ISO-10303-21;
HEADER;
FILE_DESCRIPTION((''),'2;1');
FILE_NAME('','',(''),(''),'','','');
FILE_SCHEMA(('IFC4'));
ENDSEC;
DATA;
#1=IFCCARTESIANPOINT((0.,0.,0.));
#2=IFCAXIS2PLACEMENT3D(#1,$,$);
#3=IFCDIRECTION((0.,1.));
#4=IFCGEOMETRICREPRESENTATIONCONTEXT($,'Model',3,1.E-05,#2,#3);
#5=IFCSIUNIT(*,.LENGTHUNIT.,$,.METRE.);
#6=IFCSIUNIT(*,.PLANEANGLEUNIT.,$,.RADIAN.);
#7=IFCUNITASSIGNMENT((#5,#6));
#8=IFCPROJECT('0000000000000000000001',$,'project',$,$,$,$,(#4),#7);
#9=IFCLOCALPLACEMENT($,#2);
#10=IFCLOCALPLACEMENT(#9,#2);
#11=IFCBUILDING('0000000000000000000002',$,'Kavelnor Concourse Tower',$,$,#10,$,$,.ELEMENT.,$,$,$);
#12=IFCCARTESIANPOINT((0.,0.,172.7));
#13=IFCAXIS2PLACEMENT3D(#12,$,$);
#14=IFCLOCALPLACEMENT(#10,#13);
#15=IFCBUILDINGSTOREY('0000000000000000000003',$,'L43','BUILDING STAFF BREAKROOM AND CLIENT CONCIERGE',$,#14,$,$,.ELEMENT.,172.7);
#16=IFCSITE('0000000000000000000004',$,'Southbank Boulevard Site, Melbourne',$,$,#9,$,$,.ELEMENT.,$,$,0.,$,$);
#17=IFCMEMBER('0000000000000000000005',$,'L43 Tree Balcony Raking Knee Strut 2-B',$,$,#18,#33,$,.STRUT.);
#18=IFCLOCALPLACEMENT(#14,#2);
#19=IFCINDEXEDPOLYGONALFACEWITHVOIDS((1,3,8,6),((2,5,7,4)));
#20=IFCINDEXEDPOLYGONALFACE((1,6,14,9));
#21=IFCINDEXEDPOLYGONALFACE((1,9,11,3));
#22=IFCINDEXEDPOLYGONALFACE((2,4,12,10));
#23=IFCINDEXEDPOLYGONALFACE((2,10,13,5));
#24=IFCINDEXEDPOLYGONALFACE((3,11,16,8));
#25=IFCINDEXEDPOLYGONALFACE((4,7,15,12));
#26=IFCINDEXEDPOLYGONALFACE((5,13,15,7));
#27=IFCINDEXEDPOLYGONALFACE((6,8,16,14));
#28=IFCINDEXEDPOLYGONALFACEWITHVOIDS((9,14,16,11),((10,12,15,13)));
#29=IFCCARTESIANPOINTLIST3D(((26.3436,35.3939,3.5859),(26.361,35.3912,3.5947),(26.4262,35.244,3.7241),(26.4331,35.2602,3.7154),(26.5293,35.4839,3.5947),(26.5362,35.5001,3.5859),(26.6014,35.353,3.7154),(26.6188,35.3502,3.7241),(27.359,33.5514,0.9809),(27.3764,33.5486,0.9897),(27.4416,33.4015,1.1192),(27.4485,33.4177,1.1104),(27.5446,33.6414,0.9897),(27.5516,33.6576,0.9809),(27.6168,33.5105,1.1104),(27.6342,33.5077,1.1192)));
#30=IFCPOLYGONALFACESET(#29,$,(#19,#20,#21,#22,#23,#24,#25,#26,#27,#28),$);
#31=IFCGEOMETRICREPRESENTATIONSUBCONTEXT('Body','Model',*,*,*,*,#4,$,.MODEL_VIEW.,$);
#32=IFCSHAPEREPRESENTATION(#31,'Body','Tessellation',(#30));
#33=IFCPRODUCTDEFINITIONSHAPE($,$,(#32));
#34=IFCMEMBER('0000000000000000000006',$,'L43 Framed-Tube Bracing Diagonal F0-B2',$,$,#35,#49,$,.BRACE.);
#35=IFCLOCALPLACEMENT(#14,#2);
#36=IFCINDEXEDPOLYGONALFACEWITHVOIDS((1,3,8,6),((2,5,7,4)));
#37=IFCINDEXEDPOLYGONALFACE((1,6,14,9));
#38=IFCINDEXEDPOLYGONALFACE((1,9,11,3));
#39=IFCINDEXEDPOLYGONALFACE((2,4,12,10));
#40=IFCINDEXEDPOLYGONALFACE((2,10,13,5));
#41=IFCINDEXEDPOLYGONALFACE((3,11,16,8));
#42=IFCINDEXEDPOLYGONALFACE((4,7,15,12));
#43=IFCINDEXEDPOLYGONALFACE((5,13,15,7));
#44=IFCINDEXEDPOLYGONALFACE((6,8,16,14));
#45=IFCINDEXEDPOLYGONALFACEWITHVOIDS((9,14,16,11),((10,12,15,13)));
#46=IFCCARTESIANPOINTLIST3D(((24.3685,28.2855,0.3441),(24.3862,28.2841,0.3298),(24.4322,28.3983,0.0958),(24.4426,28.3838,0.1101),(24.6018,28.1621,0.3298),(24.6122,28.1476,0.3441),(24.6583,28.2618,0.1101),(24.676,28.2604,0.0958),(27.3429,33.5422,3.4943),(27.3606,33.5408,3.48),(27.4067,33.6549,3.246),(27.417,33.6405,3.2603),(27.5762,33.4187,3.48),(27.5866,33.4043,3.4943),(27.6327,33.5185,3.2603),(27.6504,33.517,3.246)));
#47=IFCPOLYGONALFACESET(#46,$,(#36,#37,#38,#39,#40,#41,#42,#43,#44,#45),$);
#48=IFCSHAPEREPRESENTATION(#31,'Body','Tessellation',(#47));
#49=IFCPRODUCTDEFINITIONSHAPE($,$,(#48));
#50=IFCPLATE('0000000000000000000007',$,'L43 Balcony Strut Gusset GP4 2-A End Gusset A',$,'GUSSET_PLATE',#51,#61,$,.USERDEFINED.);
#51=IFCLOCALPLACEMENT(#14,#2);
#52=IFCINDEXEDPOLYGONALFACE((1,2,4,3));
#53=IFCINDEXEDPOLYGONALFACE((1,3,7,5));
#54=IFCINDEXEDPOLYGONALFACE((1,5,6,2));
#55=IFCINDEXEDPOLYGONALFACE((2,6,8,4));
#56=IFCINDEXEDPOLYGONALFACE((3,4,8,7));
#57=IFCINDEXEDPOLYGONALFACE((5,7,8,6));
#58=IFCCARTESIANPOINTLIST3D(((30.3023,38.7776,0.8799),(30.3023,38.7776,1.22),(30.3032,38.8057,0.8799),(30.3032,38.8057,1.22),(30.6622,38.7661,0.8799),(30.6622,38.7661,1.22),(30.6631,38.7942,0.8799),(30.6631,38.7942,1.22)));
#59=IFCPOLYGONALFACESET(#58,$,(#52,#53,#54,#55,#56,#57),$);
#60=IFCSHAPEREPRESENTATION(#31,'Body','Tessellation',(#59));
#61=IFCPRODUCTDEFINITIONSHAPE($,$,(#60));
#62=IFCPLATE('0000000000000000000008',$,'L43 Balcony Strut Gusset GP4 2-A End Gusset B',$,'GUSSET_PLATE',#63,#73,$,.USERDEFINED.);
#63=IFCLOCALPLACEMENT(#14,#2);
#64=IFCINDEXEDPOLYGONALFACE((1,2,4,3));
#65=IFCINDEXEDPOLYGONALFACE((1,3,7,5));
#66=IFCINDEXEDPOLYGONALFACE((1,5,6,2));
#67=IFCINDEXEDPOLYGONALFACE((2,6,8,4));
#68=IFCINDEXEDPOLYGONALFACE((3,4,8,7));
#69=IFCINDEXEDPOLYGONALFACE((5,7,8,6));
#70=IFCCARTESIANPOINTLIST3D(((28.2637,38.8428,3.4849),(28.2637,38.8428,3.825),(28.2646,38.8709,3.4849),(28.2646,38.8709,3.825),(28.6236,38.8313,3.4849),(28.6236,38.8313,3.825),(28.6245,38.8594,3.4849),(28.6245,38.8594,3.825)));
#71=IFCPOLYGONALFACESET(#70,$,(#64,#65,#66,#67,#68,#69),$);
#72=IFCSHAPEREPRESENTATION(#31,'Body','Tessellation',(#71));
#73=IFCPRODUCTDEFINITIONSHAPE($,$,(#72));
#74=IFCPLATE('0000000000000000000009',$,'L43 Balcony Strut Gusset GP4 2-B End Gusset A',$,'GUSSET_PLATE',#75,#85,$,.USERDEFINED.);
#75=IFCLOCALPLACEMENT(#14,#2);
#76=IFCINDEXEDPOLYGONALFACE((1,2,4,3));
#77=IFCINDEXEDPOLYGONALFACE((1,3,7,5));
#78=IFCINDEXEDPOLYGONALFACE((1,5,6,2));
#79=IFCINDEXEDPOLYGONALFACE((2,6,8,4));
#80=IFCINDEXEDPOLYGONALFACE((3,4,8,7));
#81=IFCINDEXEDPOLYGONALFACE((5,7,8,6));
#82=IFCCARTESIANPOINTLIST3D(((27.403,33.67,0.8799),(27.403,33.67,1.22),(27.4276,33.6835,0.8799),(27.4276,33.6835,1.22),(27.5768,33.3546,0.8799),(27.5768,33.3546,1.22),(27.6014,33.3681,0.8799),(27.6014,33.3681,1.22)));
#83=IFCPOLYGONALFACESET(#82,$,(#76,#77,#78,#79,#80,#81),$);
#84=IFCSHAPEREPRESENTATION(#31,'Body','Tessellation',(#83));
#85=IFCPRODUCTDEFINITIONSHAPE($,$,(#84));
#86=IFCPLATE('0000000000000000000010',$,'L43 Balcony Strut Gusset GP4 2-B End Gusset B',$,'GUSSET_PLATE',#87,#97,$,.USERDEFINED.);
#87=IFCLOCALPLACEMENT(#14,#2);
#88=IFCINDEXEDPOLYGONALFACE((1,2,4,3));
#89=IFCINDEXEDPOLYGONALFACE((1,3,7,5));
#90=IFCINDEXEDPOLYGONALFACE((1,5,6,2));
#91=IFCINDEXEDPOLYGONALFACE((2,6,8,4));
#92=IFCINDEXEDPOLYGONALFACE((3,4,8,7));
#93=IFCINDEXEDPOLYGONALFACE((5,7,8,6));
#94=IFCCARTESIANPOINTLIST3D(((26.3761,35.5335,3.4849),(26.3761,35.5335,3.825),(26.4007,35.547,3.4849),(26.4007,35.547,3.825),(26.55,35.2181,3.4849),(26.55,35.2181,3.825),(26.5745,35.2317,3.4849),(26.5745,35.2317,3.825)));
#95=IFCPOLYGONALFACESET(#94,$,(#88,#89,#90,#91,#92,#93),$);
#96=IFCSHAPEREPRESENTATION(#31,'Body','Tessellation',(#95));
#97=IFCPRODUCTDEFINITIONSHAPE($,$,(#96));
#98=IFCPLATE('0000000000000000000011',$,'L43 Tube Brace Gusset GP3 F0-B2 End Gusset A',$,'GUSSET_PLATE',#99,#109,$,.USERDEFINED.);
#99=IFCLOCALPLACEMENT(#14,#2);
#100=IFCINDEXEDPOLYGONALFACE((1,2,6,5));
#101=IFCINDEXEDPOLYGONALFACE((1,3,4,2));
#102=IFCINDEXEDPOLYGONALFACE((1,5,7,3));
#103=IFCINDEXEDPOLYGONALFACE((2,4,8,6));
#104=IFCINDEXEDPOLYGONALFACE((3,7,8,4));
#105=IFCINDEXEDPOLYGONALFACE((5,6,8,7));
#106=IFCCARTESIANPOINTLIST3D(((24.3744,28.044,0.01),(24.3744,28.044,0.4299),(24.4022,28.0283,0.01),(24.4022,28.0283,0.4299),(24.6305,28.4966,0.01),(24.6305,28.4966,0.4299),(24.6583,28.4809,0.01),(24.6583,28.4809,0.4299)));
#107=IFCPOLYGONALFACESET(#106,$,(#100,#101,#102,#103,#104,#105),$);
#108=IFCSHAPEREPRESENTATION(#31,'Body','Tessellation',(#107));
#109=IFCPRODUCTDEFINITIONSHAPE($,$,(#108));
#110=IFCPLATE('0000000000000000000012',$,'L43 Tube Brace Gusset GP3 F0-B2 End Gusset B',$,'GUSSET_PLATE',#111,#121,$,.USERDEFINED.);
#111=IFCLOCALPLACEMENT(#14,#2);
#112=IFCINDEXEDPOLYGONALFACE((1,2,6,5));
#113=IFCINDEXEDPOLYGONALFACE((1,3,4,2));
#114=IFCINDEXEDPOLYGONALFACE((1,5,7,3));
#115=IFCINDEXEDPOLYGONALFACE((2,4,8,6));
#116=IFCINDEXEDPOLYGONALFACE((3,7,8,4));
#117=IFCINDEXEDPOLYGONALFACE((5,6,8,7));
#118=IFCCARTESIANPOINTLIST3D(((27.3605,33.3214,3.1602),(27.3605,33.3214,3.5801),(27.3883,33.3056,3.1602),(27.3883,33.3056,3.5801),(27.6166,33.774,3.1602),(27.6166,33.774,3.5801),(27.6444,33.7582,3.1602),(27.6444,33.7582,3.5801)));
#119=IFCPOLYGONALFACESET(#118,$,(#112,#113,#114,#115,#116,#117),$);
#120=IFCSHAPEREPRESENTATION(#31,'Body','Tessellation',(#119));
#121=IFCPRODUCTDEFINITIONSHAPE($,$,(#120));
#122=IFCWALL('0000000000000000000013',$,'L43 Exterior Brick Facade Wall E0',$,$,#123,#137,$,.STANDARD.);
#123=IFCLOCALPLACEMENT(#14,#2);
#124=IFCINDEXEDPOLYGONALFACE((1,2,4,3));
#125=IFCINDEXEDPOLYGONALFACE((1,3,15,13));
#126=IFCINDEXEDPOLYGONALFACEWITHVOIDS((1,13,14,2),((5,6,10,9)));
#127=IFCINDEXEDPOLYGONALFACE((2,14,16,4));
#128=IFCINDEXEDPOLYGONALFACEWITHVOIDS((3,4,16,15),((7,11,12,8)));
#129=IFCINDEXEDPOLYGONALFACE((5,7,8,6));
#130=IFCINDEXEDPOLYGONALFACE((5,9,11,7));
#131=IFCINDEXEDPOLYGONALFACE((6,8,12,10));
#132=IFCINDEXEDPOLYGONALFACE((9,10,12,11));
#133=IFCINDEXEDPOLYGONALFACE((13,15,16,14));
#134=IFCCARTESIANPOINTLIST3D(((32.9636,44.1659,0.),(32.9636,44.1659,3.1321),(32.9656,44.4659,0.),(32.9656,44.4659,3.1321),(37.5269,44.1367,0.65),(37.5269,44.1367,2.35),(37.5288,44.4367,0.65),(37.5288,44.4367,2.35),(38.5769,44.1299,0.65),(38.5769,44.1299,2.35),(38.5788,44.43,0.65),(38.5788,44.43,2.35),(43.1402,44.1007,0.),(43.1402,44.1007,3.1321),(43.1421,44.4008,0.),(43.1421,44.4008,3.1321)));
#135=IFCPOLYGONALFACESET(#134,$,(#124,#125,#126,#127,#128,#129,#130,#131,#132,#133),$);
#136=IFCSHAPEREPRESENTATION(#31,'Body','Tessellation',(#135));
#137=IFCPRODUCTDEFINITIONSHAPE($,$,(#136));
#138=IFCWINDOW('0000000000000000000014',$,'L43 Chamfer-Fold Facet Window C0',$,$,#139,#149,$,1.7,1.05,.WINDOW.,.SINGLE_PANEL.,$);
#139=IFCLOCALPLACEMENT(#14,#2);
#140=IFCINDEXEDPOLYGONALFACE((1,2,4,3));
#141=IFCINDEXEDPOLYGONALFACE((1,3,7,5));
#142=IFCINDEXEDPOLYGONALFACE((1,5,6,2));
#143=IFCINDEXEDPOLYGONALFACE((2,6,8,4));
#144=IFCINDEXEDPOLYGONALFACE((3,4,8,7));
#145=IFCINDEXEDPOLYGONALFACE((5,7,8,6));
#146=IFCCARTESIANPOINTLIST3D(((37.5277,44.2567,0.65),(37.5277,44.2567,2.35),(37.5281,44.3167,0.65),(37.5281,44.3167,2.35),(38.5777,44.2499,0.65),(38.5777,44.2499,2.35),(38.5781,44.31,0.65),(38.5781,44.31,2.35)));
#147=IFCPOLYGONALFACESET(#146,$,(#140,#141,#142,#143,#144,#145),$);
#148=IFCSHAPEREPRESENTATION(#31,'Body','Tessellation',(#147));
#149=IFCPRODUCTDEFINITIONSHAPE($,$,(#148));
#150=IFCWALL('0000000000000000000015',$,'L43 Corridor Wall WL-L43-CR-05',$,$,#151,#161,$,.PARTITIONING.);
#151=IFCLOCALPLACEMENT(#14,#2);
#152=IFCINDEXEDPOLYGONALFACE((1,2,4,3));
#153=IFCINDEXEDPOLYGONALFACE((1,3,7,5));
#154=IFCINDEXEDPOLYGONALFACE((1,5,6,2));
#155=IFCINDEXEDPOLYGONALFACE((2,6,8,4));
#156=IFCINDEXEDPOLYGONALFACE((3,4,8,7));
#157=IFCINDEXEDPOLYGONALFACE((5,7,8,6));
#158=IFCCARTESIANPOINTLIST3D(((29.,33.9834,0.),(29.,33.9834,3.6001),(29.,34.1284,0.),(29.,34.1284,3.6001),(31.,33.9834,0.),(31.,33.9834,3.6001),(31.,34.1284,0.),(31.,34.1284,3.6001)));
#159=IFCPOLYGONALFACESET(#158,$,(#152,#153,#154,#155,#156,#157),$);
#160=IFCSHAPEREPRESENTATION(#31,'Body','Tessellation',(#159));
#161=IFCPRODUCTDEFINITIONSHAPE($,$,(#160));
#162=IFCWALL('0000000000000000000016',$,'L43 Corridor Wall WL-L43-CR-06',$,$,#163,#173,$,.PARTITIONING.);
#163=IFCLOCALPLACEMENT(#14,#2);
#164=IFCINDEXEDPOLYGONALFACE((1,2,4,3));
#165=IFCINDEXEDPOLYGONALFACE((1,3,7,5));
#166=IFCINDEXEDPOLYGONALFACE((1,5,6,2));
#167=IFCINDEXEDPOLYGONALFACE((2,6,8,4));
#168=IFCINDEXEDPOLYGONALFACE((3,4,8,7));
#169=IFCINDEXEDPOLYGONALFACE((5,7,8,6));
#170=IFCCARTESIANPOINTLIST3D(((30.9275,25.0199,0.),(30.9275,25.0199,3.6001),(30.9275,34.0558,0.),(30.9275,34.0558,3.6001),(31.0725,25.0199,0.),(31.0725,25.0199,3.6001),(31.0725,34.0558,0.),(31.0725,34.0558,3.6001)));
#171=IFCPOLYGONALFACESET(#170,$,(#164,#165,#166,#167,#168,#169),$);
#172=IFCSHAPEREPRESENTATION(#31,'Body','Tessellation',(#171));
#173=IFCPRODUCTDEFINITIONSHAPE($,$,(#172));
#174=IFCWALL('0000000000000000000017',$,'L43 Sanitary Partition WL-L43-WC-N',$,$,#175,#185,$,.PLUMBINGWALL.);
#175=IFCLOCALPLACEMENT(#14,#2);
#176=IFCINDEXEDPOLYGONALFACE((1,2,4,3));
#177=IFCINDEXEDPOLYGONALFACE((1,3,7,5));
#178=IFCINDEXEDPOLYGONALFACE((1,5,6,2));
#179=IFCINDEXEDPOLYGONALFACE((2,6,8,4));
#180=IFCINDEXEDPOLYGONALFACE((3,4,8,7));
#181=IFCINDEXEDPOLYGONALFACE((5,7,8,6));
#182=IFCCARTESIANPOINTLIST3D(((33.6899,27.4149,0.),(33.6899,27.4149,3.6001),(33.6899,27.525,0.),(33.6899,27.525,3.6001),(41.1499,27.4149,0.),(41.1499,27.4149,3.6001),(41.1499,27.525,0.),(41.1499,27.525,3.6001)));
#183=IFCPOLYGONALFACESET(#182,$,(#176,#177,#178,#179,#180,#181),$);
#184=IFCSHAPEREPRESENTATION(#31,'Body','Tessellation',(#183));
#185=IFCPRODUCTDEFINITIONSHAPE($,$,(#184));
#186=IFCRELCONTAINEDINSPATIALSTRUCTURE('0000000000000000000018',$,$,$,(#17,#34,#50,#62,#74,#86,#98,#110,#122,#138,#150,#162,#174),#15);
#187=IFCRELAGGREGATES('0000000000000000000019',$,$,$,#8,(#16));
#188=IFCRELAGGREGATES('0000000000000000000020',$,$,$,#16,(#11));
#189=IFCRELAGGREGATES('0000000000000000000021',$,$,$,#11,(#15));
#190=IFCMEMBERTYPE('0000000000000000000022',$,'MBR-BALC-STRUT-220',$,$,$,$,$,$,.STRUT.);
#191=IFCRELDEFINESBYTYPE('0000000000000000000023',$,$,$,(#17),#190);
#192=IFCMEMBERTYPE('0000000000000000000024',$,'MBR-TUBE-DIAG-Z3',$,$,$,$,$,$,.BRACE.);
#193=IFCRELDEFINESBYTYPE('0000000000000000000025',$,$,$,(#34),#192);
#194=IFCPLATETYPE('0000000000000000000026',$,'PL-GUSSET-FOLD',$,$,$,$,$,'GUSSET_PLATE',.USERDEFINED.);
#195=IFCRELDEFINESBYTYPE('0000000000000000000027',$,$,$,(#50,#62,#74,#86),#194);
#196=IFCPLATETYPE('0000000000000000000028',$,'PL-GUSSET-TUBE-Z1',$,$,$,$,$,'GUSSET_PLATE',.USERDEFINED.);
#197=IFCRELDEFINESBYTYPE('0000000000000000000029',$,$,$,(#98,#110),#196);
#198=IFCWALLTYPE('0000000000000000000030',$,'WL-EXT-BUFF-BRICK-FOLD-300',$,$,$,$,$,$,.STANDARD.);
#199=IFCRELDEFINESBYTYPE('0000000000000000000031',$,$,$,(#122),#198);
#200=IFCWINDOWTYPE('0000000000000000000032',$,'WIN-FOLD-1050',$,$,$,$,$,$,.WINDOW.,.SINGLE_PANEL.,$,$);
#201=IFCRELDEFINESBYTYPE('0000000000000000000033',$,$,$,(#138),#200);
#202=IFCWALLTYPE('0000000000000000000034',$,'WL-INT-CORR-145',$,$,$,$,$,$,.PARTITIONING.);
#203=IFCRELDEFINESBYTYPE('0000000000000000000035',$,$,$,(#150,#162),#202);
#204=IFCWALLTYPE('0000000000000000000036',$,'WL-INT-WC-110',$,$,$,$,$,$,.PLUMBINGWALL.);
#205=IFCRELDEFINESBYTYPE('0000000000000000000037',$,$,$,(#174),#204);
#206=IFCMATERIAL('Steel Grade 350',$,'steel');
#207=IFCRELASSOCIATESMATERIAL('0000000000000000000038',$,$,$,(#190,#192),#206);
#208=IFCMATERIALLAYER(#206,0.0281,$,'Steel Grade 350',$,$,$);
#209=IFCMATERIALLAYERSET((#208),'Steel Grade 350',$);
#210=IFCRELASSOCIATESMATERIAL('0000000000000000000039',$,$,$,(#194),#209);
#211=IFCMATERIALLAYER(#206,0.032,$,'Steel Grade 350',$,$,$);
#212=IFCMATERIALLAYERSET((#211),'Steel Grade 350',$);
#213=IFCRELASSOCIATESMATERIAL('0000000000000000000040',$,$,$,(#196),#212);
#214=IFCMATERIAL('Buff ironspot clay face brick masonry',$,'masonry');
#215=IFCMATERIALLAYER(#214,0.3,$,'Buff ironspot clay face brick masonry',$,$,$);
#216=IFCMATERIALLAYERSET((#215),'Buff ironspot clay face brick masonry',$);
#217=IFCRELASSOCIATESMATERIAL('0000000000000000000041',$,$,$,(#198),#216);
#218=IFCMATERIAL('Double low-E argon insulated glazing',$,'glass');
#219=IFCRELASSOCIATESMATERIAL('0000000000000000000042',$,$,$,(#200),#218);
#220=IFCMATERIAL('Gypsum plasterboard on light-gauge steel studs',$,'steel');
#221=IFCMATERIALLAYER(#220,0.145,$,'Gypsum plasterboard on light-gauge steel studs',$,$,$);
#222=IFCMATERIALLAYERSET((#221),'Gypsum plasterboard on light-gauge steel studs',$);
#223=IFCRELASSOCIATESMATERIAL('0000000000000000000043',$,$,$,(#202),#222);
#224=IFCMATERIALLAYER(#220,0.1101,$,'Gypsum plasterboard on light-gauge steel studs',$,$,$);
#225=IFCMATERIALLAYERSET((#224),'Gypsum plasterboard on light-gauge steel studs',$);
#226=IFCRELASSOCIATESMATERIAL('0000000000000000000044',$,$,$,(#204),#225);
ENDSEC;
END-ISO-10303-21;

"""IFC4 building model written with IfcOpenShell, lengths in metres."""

from ifc_helpers import new_model, si_unit, direction, frame, frame_2d, origin, origin_2d, place, context, subcontext, project, spatial, rectangle, hollow_rectangle, extrude, material, layer, layer_set, material_profile, profile_set, type_object, element, fill, save


model = new_model("IFC4")

# Units and contexts
model_context = context("Model", 3, precision=1e-05, world=origin(), true_north=direction((0.0, 1.0)))
body_context = subcontext(model_context, "Body", "Model", "MODEL_VIEW")
ifc_project = project(units=[si_unit("LENGTHUNIT", "METRE"), si_unit("PLANEANGLEUNIT", "RADIAN")], contexts=[model_context])

# Site, building, storey
site_placement = place(None, origin())
site = spatial("IfcSite", under=ifc_project, at=site_placement, Name="Southbank Boulevard Site, Melbourne", CompositionType="ELEMENT", RefElevation=0.0)
building_placement = place(site_placement, origin())
building = spatial("IfcBuilding", under=site, at=building_placement, Name="Kavelnor Concourse Tower", CompositionType="ELEMENT")
storey_placement = place(building_placement, frame((0.0, 0.0, 172.7)))
storey = spatial("IfcBuildingStorey", under=building, at=storey_placement, Name="L43", Description="BUILDING STAFF BREAKROOM AND CLIENT CONCIERGE", CompositionType="ELEMENT", Elevation=172.7)

# Shared definitions
ifc_material_1 = material(Name="Steel Grade 350", Category="steel")

# Members
ifc_material_profile_1 = material_profile(ifc_material_1, hollow_rectangle(XDim=0.22, YDim=0.22, WallThickness=0.0139, at=origin_2d()), Name="SHS 220x220x14")
ifc_profile_set_1 = profile_set([ifc_material_profile_1], Name="Steel Grade 350")
member_type_1 = type_object("IfcMemberType", Name="MBR-BALC-STRUT-220", PredefinedType="STRUT", material=ifc_profile_set_1)
member_1_placement = place(storey_placement, frame((27.4966, 33.5295, 1.05), z_axis=(-0.303243, 0.55027, 0.777976), x_axis=(-0.875816, -0.482645, 0.0)))
element("IfcMember", 1, at=member_1_placement, inside=storey, type_object=member_type_1, Name="L43 Tree Balcony Raking Knee Strut 2-B", PredefinedType="STRUT", context=body_context, shape_type="SweptSolid", body=[
    extrude(hollow_rectangle(XDim=0.22, YDim=0.22, WallThickness=0.0139, at=origin_2d()), origin(), (0.0, 0.0, 1.0), 3.3484),
])
ifc_material_profile_2 = material_profile(ifc_material_1, hollow_rectangle(XDim=0.28, YDim=0.28, WallThickness=0.0161, at=origin_2d()), Name="SHS 280x280x16")
ifc_profile_set_2 = profile_set([ifc_material_profile_2], Name="Steel Grade 350")
member_type_2 = type_object("IfcMemberType", Name="MBR-TUBE-DIAG-Z3", PredefinedType="BRACE", material=ifc_profile_set_2)
member_2_placement = place(storey_placement, frame((24.5222, 28.2729, 0.22), z_axis=(0.436642, 0.771677, 0.462447), x_axis=(-0.870332, 0.492465, 0.0)))
element("IfcMember", 2, at=member_2_placement, inside=storey, type_object=member_type_2, Name="L43 Framed-Tube Bracing Diagonal F0-B2", PredefinedType="BRACE", context=body_context, shape_type="SweptSolid", body=[
    extrude(hollow_rectangle(XDim=0.28, YDim=0.28, WallThickness=0.0161, at=origin_2d()), origin(), (0.0, 0.0, 1.0), 6.812),
])

# Plates
ifc_layer_1 = layer(ifc_material_1, 0.0281, Name="Steel Grade 350")
ifc_layer_set_1 = layer_set([ifc_layer_1], Name="Steel Grade 350")
plate_type_1 = type_object("IfcPlateType", Name="PL-GUSSET-FOLD", ElementType="GUSSET_PLATE", PredefinedType="USERDEFINED", material=ifc_layer_set_1)
for number, where, z_axis, x_axis, name in (
    (3, (30.4827, 38.7859, 0.8799), (0.0, 0.0, 1.0), (-0.99949, 0.031934, 0.0), "L43 Balcony Strut Gusset GP4 2-A End Gusset A"),
    (4, (28.4441, 38.8511, 3.4849), (0.0, 0.0, 1.0), (-0.99949, 0.031934, 0.0), "L43 Balcony Strut Gusset GP4 2-A End Gusset B"),
    (5, (27.5022, 33.519, 0.8799), (0.0, 0.0, 1.0), (-0.482671, 0.875802, 0.0), "L43 Balcony Strut Gusset GP4 2-B End Gusset A"),
    (6, (26.4753, 35.3826, 3.4849), (0.0, 0.0, 1.0), (-0.482671, 0.875802, 0.0), "L43 Balcony Strut Gusset GP4 2-B End Gusset B"),
):
    element("IfcPlate", number, at=place(storey_placement, frame(where, z_axis=z_axis, x_axis=x_axis)), inside=storey, type_object=plate_type_1, Name=name, ObjectType="GUSSET_PLATE", PredefinedType="USERDEFINED", context=body_context, shape_type="SweptSolid", body=[
        extrude(rectangle(XDim=0.3601, YDim=0.0281, at=origin_2d()), origin(), (0.0, 0.0, 1.0), 0.3401),
    ])
ifc_layer_2 = layer(ifc_material_1, 0.032, Name="Steel Grade 350")
ifc_layer_set_2 = layer_set([ifc_layer_2], Name="Steel Grade 350")
plate_type_2 = type_object("IfcPlateType", Name="PL-GUSSET-TUBE-Z1", ElementType="GUSSET_PLATE", PredefinedType="USERDEFINED", material=ifc_layer_set_2)
for number, where, z_axis, x_axis, name in (
    (7, (24.5164, 28.2625, 0.01), (0.0, 0.0, 1.0), (0.492424, 0.870356, 0.0), "L43 Tube Brace Gusset GP3 F0-B2 End Gusset A"),
    (8, (27.5024, 33.5398, 3.1602), (0.0, 0.0, 1.0), (0.492424, 0.870356, 0.0), "L43 Tube Brace Gusset GP3 F0-B2 End Gusset B"),
):
    element("IfcPlate", number, at=place(storey_placement, frame(where, z_axis=z_axis, x_axis=x_axis)), inside=storey, type_object=plate_type_2, Name=name, ObjectType="GUSSET_PLATE", PredefinedType="USERDEFINED", context=body_context, shape_type="SweptSolid", body=[
        extrude(rectangle(XDim=0.52, YDim=0.032, at=origin_2d()), origin(), (0.0, 0.0, 1.0), 0.4199),
    ])

# Wall, opening, window
ifc_material_2 = material(Name="Buff ironspot clay face brick masonry", Category="masonry")
ifc_layer_3 = layer(ifc_material_2, 0.3, Name="Buff ironspot clay face brick masonry")
ifc_layer_set_3 = layer_set([ifc_layer_3], Name="Buff ironspot clay face brick masonry")
wall_type_1 = type_object("IfcWallType", Name="WL-EXT-BUFF-BRICK-FOLD-300", PredefinedType="STANDARD", material=ifc_layer_set_3)
wall_1_placement = place(storey_placement, frame((32.9646, 44.3159, 0.0), z_axis=(0.0, 0.0, 1.0), x_axis=(0.999979, -0.006405, 0.0)))
wall_1 = element("IfcWall", 9, at=wall_1_placement, inside=storey, type_object=wall_type_1, Name="L43 Exterior Brick Facade Wall E0", PredefinedType="STANDARD", context=body_context, shape_type="SweptSolid", body=[
    extrude(rectangle(XDim=10.1768, YDim=0.3, at=frame_2d((5.0884, 0.0))), origin(), (0.0, 0.0, 1.0), 3.1321),
])
opening_placement = place(wall_1_placement, frame((4.5635, 0.0, 0.6499)))
opening = element("IfcOpeningElement", 10, at=opening_placement, cuts=wall_1, PredefinedType="OPENING", context=body_context, shape_type="SweptSolid", body=[
    extrude(rectangle(XDim=1.05, YDim=1.7, at=frame_2d((0.5249, 0.8501))), frame((0.0, 0.1602, 0.0), z_axis=(0.0, -1.0, 0.0), x_axis=(1.0, 0.0, 0.0)), (0.0, 0.0, 1.0), 0.3201),
])
ifc_material_3 = material(Name="Double low-E argon insulated glazing", Category="glass")
window_type = type_object("IfcWindowType", Name="WIN-FOLD-1050", PartitioningType="SINGLE_PANEL", PredefinedType="WINDOW", material=ifc_material_3)
window_placement = place(opening_placement, origin())
window = element("IfcWindow", 11, at=window_placement, inside=storey, type_object=window_type, Name="L43 Chamfer-Fold Facet Window C0", OverallHeight=1.7, OverallWidth=1.05, PartitioningType="SINGLE_PANEL", PredefinedType="WINDOW", context=body_context, shape_type="SweptSolid", body=[
    extrude(rectangle(XDim=1.05, YDim=1.7, at=frame_2d((0.5249, 0.8501))), frame((0.0, 0.03, 0.0), z_axis=(0.0, -1.0, 0.0), x_axis=(1.0, 0.0, 0.0)), (0.0, 0.0, 1.0), 0.0601),
])
fill(opening, window)

# Walls
ifc_material_4 = material(Name="Gypsum plasterboard on light-gauge steel studs", Category="steel")
ifc_layer_4 = layer(ifc_material_4, 0.145, Name="Gypsum plasterboard on light-gauge steel studs")
ifc_layer_set_4 = layer_set([ifc_layer_4], Name="Gypsum plasterboard on light-gauge steel studs")
wall_type_2 = type_object("IfcWallType", Name="WL-INT-CORR-145", PredefinedType="PARTITIONING", material=ifc_layer_set_4)
wall_2_placement = place(storey_placement, frame((29.0, 34.0559, 0.0), z_axis=(0.0, 0.0, 1.0), x_axis=(1.0, 0.0, 0.0)))
element("IfcWall", 12, at=wall_2_placement, inside=storey, type_object=wall_type_2, Name="L43 Corridor Wall WL-L43-CR-05", PredefinedType="PARTITIONING", context=body_context, shape_type="SweptSolid", body=[
    extrude(rectangle(XDim=2.0, YDim=0.145, at=frame_2d((1.0, 0.0))), origin(), (0.0, 0.0, 1.0), 3.6001),
])
wall_3_placement = place(storey_placement, frame((31.0, 34.0559, 0.0), z_axis=(0.0, 0.0, 1.0), x_axis=(0.0, -1.0, 0.0)))
element("IfcWall", 13, at=wall_3_placement, inside=storey, type_object=wall_type_2, Name="L43 Corridor Wall WL-L43-CR-06", PredefinedType="PARTITIONING", context=body_context, shape_type="SweptSolid", body=[
    extrude(rectangle(XDim=9.0359, YDim=0.145, at=frame_2d((4.5181, 0.0))), origin(), (0.0, 0.0, 1.0), 3.6001),
])
ifc_layer_5 = layer(ifc_material_4, 0.1101, Name="Gypsum plasterboard on light-gauge steel studs")
ifc_layer_set_5 = layer_set([ifc_layer_5], Name="Gypsum plasterboard on light-gauge steel studs")
wall_type_3 = type_object("IfcWallType", Name="WL-INT-WC-110", PredefinedType="PLUMBINGWALL", material=ifc_layer_set_5)
wall_4_placement = place(storey_placement, frame((33.6899, 27.47, 0.0), z_axis=(0.0, 0.0, 1.0), x_axis=(1.0, 0.0, 0.0)))
element("IfcWall", 14, at=wall_4_placement, inside=storey, type_object=wall_type_3, Name="L43 Sanitary Partition WL-L43-WC-N", PredefinedType="PLUMBINGWALL", context=body_context, shape_type="SweptSolid", body=[
    extrude(rectangle(XDim=7.46, YDim=0.1101, at=frame_2d((3.73, 0.0))), origin(), (0.0, 0.0, 1.0), 3.6001),
])

save(model, "model.ifc")
